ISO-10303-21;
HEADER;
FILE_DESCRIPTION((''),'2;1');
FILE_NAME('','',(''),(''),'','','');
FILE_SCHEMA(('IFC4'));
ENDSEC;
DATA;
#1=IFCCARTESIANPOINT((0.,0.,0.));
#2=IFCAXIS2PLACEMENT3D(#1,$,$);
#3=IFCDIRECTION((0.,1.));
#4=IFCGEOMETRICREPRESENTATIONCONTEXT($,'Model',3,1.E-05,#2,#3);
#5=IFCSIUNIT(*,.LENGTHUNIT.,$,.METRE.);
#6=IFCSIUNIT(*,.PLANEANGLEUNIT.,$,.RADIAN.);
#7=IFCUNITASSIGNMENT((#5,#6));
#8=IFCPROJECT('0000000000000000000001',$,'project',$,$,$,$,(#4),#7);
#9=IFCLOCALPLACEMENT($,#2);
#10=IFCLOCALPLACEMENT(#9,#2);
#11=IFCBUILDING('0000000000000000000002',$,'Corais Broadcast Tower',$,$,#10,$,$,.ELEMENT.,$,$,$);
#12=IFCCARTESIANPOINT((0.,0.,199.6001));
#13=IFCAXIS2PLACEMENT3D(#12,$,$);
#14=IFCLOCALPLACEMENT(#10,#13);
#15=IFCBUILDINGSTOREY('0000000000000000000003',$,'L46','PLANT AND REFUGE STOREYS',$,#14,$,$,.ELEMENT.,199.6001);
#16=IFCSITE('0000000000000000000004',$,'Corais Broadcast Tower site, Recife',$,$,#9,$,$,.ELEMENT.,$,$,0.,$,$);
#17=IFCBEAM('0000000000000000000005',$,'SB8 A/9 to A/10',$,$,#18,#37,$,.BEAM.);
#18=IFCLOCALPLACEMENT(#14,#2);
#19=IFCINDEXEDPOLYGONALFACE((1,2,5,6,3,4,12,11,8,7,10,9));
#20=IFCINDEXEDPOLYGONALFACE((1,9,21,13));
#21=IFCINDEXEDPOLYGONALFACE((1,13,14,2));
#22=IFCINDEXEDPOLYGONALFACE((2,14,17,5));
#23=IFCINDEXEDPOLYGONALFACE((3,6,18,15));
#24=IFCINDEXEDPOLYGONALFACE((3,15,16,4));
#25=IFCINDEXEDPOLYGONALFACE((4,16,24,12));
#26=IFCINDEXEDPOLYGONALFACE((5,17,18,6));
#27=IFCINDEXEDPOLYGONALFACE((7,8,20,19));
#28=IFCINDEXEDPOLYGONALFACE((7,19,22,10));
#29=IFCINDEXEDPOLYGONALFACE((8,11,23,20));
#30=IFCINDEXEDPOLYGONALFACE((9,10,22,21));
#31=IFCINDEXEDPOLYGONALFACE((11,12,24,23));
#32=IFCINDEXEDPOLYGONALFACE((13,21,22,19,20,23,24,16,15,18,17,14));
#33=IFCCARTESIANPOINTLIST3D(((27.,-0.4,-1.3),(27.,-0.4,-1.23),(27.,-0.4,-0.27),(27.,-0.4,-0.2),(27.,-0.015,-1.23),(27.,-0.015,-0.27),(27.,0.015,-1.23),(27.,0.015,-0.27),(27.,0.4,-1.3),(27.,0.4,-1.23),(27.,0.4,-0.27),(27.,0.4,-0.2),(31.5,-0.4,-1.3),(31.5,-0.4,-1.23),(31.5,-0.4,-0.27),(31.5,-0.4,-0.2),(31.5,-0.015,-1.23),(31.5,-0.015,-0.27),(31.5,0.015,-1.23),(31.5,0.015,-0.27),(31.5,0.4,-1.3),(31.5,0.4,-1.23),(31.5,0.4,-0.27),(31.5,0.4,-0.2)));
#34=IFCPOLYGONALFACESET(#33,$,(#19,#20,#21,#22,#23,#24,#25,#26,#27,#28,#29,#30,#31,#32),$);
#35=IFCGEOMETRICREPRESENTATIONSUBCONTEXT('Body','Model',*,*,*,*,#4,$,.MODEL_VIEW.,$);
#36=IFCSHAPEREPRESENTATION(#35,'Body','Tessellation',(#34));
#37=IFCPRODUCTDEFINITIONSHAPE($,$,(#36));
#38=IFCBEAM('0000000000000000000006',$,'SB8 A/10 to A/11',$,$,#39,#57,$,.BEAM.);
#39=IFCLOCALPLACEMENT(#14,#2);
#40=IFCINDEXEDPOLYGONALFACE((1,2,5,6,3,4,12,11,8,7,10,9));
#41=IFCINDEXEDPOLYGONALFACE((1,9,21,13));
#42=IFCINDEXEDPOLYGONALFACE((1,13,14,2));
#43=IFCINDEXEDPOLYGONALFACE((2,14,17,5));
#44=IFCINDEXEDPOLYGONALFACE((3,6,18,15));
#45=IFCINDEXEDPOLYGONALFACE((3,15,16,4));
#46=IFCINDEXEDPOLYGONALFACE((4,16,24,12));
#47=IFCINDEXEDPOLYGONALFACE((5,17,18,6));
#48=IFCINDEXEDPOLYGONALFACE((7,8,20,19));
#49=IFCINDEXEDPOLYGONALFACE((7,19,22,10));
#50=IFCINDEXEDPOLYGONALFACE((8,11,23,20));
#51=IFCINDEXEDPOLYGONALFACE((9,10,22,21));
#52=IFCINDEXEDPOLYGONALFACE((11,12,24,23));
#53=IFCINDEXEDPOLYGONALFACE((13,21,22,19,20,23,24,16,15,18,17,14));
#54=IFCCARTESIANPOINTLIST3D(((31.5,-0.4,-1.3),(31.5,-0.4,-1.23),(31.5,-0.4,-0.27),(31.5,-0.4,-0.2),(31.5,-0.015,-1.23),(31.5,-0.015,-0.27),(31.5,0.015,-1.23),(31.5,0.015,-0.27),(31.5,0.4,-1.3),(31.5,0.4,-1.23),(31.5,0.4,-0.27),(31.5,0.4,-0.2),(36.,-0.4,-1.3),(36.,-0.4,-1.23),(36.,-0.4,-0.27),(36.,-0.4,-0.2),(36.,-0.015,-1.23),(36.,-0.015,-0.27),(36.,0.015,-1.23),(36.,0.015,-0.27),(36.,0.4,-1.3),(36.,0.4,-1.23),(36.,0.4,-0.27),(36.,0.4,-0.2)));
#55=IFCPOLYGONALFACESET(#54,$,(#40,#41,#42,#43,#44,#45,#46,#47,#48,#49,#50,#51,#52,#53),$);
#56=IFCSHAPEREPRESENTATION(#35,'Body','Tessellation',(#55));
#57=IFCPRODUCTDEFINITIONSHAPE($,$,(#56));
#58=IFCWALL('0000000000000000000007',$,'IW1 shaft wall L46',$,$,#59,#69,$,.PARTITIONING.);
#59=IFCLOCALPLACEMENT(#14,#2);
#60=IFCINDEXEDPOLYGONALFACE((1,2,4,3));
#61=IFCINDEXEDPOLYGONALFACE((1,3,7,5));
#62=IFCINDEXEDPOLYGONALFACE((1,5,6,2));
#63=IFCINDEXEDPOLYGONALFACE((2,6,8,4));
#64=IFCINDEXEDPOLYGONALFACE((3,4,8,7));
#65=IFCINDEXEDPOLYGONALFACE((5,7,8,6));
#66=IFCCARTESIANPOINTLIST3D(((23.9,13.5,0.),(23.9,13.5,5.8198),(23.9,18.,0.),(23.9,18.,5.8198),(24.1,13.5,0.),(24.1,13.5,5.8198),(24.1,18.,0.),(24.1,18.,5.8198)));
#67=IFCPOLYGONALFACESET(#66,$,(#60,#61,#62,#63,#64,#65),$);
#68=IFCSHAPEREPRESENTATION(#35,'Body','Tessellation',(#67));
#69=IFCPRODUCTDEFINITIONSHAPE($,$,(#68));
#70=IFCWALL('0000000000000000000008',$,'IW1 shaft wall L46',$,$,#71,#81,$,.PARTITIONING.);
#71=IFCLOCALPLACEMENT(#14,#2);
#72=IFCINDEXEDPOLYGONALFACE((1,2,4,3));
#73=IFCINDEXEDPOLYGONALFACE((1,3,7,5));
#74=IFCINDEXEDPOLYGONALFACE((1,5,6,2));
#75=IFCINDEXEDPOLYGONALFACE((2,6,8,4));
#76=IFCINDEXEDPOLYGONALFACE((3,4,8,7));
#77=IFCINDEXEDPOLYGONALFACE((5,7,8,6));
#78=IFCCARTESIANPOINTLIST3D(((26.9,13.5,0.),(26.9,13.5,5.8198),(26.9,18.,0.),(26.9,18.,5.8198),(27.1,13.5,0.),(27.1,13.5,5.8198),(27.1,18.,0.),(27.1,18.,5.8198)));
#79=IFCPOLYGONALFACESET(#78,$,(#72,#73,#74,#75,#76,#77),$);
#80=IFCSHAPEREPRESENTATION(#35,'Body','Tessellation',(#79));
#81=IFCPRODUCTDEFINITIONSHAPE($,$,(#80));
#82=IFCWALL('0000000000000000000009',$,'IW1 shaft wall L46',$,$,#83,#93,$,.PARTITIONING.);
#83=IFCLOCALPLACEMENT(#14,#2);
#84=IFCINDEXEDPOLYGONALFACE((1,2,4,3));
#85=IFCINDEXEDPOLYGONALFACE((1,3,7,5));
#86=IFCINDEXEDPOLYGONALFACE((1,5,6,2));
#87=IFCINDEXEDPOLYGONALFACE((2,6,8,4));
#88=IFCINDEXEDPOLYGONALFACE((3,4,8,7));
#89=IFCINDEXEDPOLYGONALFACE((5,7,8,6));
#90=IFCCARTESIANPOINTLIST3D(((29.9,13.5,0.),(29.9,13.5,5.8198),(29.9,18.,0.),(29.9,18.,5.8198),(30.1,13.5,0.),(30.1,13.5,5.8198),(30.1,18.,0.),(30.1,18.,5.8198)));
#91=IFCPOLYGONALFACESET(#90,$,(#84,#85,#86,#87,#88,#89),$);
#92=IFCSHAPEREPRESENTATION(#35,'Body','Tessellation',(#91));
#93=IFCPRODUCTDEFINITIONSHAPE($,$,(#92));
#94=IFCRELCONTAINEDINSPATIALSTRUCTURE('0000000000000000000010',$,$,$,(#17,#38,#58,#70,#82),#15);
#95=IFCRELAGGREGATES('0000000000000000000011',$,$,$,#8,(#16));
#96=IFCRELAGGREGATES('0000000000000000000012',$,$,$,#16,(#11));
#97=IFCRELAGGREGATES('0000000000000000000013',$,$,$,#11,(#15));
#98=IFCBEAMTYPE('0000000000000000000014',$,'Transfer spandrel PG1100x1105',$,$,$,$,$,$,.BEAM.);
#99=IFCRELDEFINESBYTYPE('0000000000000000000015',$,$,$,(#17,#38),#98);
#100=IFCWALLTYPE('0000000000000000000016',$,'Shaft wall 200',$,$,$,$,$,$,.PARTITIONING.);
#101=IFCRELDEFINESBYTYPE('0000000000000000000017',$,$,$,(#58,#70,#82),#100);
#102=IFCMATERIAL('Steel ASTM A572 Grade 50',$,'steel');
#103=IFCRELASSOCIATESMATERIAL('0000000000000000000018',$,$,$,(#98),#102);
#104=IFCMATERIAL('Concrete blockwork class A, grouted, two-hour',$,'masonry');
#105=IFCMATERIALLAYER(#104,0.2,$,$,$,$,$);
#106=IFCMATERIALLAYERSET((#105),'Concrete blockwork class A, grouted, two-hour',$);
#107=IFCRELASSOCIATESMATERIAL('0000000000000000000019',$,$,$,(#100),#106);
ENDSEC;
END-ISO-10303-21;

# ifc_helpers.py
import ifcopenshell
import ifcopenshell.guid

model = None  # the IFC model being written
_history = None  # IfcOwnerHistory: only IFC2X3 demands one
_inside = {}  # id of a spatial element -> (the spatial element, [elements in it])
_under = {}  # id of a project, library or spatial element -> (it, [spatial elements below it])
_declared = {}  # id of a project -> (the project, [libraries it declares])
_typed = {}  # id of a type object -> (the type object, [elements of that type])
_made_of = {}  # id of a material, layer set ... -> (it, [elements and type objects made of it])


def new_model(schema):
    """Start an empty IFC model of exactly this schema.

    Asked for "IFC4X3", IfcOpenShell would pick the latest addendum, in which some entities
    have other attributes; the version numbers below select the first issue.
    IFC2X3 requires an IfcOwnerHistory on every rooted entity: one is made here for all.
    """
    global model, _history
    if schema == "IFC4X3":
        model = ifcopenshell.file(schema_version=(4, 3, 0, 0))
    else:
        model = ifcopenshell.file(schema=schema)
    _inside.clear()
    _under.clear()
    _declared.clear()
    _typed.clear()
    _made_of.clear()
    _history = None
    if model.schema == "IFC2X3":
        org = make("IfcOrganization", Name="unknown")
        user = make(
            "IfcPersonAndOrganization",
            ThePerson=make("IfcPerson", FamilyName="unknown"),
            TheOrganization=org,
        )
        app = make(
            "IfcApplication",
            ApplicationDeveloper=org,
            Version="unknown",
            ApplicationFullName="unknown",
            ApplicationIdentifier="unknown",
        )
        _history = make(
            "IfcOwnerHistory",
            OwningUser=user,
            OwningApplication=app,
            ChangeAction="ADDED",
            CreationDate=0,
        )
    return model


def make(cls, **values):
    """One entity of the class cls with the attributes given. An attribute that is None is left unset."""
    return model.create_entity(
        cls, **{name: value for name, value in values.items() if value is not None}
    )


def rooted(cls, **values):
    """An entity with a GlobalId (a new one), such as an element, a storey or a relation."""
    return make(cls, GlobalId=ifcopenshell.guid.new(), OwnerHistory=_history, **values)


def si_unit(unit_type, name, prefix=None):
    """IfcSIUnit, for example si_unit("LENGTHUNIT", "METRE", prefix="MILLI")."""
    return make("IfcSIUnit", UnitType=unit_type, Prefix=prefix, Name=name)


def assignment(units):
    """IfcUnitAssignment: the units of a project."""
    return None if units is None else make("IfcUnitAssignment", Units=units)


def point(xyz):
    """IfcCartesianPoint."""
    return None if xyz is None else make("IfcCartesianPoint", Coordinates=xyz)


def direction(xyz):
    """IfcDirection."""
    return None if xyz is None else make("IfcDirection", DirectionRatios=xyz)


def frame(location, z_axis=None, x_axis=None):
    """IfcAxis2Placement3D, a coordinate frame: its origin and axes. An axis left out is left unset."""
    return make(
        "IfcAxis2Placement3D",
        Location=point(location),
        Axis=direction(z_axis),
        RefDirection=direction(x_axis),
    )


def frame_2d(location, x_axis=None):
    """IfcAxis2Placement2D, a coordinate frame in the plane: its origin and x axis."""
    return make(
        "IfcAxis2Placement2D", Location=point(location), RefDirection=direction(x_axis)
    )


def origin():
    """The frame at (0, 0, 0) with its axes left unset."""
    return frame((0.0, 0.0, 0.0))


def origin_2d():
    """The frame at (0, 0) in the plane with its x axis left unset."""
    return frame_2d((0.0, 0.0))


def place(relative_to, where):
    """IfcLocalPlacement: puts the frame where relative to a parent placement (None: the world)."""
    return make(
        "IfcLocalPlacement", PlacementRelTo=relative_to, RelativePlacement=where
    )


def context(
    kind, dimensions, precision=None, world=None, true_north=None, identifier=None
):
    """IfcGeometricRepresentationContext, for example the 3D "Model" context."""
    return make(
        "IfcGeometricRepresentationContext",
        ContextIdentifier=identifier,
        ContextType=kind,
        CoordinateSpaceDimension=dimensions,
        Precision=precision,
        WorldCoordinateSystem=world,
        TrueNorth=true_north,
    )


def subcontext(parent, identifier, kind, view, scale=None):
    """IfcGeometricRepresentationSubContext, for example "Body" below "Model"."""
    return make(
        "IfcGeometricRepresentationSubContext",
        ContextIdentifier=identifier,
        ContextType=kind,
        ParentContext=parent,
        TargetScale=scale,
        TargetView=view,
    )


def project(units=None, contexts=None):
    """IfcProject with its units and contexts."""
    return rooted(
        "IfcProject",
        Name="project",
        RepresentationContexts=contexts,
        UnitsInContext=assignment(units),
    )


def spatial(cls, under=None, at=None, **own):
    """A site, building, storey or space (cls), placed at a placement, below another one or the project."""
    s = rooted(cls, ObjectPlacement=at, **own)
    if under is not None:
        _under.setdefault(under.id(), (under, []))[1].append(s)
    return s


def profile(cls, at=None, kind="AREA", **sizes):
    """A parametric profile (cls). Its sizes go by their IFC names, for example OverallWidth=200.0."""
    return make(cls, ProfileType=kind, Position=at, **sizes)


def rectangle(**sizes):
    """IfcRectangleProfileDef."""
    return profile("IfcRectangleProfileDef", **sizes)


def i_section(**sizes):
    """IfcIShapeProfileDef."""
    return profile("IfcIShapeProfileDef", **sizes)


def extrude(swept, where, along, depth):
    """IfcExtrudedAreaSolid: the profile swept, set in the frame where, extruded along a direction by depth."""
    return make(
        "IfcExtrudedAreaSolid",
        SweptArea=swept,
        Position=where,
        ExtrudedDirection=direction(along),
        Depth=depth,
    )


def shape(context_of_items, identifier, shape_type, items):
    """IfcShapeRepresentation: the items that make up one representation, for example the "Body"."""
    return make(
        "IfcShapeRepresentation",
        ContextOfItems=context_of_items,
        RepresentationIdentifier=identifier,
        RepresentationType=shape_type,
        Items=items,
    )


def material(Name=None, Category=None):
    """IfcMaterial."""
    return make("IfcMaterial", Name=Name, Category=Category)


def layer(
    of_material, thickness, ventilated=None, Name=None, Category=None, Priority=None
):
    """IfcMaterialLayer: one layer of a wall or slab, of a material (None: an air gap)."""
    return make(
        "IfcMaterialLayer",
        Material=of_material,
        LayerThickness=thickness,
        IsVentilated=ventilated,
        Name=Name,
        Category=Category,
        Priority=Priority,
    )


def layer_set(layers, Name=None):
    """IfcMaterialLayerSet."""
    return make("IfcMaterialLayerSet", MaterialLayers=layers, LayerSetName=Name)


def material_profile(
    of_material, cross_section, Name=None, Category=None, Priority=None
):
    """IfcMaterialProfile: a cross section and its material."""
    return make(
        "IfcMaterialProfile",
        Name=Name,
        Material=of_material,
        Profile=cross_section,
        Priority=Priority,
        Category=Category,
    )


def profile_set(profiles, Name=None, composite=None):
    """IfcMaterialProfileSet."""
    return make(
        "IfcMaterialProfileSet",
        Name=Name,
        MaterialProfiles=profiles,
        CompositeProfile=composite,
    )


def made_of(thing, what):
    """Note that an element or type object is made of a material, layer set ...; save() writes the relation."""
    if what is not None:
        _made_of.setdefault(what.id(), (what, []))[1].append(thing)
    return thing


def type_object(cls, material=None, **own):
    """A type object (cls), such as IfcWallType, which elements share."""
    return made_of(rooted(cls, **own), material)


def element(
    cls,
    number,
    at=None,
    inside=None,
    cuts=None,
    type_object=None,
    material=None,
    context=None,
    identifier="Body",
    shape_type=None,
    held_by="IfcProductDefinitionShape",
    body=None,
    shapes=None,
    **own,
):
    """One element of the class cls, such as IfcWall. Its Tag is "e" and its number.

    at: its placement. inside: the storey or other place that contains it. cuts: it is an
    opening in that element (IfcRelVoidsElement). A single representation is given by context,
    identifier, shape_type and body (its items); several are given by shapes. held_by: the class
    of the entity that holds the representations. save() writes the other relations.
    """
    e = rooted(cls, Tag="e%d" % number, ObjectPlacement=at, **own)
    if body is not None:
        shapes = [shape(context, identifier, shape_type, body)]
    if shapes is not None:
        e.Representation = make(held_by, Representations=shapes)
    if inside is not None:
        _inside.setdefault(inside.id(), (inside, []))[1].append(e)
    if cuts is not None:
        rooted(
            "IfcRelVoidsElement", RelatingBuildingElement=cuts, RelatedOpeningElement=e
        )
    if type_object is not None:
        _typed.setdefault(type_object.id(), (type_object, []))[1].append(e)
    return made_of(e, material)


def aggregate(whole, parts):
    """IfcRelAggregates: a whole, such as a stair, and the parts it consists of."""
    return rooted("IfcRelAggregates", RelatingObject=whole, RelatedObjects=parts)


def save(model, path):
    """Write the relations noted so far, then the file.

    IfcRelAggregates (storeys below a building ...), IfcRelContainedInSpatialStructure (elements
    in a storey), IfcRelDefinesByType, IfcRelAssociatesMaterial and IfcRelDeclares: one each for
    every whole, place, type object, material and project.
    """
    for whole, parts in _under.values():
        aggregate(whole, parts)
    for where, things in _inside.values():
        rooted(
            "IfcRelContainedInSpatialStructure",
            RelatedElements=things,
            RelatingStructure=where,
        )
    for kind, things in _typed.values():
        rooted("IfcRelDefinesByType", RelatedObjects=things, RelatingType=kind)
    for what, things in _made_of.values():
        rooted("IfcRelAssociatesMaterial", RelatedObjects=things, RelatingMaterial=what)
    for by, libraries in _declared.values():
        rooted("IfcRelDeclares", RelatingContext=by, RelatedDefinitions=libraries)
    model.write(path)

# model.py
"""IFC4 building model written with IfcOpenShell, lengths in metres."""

from ifc_helpers import new_model, si_unit, direction, frame, frame_2d, origin, origin_2d, place, context, subcontext, project, spatial, rectangle, i_section, extrude, material, layer, layer_set, material_profile, profile_set, type_object, element, save


model = new_model("IFC4")

# Units and contexts
model_context = context("Model", 3, precision=1e-05, world=origin(), true_north=direction((0.0, 1.0)))
body_context = subcontext(model_context, "Body", "Model", "MODEL_VIEW")
ifc_project = project(units=[si_unit("LENGTHUNIT", "METRE"), si_unit("PLANEANGLEUNIT", "RADIAN")], contexts=[model_context])

# Site, building, storey
site_placement = place(None, origin())
site = spatial("IfcSite", under=ifc_project, at=site_placement, Name="Corais Broadcast Tower site, Recife", CompositionType="ELEMENT", RefElevation=0.0)
building_placement = place(site_placement, origin())
building = spatial("IfcBuilding", under=site, at=building_placement, Name="Corais Broadcast Tower", CompositionType="ELEMENT")
storey_placement = place(building_placement, frame((0.0, 0.0, 199.6001)))
storey = spatial("IfcBuildingStorey", under=building, at=storey_placement, Name="L46", Description="PLANT AND REFUGE STOREYS", CompositionType="ELEMENT", Elevation=199.6001)

# Beams
ifc_material_1 = material(Name="Steel ASTM A572 Grade 50", Category="steel")
ifc_material_profile_1 = material_profile(ifc_material_1, i_section(OverallWidth=0.8, OverallDepth=1.1001, WebThickness=0.03, FlangeThickness=0.0701, at=origin_2d()), Name="PG1100x1105")
ifc_profile_set_1 = profile_set([ifc_material_profile_1], Name="Steel ASTM A572 Grade 50")
beam_type_1 = type_object("IfcBeamType", Name="Transfer spandrel PG1100x1105", PredefinedType="BEAM", material=ifc_profile_set_1)
for number, where, z_axis, x_axis, name in (
    (1, (27.0, 0.0, -0.75), (1.0, 0.0, 0.0), (0.0, 1.0, 0.0), "SB8 A/9 to A/10"),
    (2, (31.5, 0.0, -0.75), (1.0, 0.0, 0.0), (0.0, 1.0, 0.0), "SB8 A/10 to A/11"),
):
    element("IfcBeam", number, at=place(storey_placement, frame(where, z_axis=z_axis, x_axis=x_axis)), inside=storey, type_object=beam_type_1, Name=name, PredefinedType="BEAM", context=body_context, shape_type="SweptSolid", body=[
        extrude(i_section(OverallWidth=0.8, OverallDepth=1.1001, WebThickness=0.03, FlangeThickness=0.0701, at=origin_2d()), origin(), (0.0, 0.0, 1.0), 4.5),
    ])

# Walls
ifc_material_2 = material(Name="Concrete blockwork class A, grouted, two-hour", Category="masonry")
ifc_layer = layer(ifc_material_2, 0.2)
ifc_layer_set = layer_set([ifc_layer], Name="Concrete blockwork class A, grouted, two-hour")
wall_type = type_object("IfcWallType", Name="Shaft wall 200", PredefinedType="PARTITIONING", material=ifc_layer_set)
for number, where, z_axis, x_axis, name in (
    (3, (24.0, 13.5, 0.0), (0.0, 0.0, 1.0), (0.0, 1.0, 0.0), "IW1 shaft wall L46"),
    (4, (27.0, 13.5, 0.0), (0.0, 0.0, 1.0), (0.0, 1.0, 0.0), "IW1 shaft wall L46"),
    (5, (30.0, 13.5, 0.0), (0.0, 0.0, 1.0), (0.0, 1.0, 0.0), "IW1 shaft wall L46"),
):
    element("IfcWall", number, at=place(storey_placement, frame(where, z_axis=z_axis, x_axis=x_axis)), inside=storey, type_object=wall_type, Name=name, PredefinedType="PARTITIONING", context=body_context, shape_type="SweptSolid", body=[
        extrude(rectangle(XDim=4.5, YDim=0.2, at=frame_2d((2.25, 0.0))), origin(), (0.0, 0.0, 1.0), 5.8198),
    ])

save(model, "model.ifc")
